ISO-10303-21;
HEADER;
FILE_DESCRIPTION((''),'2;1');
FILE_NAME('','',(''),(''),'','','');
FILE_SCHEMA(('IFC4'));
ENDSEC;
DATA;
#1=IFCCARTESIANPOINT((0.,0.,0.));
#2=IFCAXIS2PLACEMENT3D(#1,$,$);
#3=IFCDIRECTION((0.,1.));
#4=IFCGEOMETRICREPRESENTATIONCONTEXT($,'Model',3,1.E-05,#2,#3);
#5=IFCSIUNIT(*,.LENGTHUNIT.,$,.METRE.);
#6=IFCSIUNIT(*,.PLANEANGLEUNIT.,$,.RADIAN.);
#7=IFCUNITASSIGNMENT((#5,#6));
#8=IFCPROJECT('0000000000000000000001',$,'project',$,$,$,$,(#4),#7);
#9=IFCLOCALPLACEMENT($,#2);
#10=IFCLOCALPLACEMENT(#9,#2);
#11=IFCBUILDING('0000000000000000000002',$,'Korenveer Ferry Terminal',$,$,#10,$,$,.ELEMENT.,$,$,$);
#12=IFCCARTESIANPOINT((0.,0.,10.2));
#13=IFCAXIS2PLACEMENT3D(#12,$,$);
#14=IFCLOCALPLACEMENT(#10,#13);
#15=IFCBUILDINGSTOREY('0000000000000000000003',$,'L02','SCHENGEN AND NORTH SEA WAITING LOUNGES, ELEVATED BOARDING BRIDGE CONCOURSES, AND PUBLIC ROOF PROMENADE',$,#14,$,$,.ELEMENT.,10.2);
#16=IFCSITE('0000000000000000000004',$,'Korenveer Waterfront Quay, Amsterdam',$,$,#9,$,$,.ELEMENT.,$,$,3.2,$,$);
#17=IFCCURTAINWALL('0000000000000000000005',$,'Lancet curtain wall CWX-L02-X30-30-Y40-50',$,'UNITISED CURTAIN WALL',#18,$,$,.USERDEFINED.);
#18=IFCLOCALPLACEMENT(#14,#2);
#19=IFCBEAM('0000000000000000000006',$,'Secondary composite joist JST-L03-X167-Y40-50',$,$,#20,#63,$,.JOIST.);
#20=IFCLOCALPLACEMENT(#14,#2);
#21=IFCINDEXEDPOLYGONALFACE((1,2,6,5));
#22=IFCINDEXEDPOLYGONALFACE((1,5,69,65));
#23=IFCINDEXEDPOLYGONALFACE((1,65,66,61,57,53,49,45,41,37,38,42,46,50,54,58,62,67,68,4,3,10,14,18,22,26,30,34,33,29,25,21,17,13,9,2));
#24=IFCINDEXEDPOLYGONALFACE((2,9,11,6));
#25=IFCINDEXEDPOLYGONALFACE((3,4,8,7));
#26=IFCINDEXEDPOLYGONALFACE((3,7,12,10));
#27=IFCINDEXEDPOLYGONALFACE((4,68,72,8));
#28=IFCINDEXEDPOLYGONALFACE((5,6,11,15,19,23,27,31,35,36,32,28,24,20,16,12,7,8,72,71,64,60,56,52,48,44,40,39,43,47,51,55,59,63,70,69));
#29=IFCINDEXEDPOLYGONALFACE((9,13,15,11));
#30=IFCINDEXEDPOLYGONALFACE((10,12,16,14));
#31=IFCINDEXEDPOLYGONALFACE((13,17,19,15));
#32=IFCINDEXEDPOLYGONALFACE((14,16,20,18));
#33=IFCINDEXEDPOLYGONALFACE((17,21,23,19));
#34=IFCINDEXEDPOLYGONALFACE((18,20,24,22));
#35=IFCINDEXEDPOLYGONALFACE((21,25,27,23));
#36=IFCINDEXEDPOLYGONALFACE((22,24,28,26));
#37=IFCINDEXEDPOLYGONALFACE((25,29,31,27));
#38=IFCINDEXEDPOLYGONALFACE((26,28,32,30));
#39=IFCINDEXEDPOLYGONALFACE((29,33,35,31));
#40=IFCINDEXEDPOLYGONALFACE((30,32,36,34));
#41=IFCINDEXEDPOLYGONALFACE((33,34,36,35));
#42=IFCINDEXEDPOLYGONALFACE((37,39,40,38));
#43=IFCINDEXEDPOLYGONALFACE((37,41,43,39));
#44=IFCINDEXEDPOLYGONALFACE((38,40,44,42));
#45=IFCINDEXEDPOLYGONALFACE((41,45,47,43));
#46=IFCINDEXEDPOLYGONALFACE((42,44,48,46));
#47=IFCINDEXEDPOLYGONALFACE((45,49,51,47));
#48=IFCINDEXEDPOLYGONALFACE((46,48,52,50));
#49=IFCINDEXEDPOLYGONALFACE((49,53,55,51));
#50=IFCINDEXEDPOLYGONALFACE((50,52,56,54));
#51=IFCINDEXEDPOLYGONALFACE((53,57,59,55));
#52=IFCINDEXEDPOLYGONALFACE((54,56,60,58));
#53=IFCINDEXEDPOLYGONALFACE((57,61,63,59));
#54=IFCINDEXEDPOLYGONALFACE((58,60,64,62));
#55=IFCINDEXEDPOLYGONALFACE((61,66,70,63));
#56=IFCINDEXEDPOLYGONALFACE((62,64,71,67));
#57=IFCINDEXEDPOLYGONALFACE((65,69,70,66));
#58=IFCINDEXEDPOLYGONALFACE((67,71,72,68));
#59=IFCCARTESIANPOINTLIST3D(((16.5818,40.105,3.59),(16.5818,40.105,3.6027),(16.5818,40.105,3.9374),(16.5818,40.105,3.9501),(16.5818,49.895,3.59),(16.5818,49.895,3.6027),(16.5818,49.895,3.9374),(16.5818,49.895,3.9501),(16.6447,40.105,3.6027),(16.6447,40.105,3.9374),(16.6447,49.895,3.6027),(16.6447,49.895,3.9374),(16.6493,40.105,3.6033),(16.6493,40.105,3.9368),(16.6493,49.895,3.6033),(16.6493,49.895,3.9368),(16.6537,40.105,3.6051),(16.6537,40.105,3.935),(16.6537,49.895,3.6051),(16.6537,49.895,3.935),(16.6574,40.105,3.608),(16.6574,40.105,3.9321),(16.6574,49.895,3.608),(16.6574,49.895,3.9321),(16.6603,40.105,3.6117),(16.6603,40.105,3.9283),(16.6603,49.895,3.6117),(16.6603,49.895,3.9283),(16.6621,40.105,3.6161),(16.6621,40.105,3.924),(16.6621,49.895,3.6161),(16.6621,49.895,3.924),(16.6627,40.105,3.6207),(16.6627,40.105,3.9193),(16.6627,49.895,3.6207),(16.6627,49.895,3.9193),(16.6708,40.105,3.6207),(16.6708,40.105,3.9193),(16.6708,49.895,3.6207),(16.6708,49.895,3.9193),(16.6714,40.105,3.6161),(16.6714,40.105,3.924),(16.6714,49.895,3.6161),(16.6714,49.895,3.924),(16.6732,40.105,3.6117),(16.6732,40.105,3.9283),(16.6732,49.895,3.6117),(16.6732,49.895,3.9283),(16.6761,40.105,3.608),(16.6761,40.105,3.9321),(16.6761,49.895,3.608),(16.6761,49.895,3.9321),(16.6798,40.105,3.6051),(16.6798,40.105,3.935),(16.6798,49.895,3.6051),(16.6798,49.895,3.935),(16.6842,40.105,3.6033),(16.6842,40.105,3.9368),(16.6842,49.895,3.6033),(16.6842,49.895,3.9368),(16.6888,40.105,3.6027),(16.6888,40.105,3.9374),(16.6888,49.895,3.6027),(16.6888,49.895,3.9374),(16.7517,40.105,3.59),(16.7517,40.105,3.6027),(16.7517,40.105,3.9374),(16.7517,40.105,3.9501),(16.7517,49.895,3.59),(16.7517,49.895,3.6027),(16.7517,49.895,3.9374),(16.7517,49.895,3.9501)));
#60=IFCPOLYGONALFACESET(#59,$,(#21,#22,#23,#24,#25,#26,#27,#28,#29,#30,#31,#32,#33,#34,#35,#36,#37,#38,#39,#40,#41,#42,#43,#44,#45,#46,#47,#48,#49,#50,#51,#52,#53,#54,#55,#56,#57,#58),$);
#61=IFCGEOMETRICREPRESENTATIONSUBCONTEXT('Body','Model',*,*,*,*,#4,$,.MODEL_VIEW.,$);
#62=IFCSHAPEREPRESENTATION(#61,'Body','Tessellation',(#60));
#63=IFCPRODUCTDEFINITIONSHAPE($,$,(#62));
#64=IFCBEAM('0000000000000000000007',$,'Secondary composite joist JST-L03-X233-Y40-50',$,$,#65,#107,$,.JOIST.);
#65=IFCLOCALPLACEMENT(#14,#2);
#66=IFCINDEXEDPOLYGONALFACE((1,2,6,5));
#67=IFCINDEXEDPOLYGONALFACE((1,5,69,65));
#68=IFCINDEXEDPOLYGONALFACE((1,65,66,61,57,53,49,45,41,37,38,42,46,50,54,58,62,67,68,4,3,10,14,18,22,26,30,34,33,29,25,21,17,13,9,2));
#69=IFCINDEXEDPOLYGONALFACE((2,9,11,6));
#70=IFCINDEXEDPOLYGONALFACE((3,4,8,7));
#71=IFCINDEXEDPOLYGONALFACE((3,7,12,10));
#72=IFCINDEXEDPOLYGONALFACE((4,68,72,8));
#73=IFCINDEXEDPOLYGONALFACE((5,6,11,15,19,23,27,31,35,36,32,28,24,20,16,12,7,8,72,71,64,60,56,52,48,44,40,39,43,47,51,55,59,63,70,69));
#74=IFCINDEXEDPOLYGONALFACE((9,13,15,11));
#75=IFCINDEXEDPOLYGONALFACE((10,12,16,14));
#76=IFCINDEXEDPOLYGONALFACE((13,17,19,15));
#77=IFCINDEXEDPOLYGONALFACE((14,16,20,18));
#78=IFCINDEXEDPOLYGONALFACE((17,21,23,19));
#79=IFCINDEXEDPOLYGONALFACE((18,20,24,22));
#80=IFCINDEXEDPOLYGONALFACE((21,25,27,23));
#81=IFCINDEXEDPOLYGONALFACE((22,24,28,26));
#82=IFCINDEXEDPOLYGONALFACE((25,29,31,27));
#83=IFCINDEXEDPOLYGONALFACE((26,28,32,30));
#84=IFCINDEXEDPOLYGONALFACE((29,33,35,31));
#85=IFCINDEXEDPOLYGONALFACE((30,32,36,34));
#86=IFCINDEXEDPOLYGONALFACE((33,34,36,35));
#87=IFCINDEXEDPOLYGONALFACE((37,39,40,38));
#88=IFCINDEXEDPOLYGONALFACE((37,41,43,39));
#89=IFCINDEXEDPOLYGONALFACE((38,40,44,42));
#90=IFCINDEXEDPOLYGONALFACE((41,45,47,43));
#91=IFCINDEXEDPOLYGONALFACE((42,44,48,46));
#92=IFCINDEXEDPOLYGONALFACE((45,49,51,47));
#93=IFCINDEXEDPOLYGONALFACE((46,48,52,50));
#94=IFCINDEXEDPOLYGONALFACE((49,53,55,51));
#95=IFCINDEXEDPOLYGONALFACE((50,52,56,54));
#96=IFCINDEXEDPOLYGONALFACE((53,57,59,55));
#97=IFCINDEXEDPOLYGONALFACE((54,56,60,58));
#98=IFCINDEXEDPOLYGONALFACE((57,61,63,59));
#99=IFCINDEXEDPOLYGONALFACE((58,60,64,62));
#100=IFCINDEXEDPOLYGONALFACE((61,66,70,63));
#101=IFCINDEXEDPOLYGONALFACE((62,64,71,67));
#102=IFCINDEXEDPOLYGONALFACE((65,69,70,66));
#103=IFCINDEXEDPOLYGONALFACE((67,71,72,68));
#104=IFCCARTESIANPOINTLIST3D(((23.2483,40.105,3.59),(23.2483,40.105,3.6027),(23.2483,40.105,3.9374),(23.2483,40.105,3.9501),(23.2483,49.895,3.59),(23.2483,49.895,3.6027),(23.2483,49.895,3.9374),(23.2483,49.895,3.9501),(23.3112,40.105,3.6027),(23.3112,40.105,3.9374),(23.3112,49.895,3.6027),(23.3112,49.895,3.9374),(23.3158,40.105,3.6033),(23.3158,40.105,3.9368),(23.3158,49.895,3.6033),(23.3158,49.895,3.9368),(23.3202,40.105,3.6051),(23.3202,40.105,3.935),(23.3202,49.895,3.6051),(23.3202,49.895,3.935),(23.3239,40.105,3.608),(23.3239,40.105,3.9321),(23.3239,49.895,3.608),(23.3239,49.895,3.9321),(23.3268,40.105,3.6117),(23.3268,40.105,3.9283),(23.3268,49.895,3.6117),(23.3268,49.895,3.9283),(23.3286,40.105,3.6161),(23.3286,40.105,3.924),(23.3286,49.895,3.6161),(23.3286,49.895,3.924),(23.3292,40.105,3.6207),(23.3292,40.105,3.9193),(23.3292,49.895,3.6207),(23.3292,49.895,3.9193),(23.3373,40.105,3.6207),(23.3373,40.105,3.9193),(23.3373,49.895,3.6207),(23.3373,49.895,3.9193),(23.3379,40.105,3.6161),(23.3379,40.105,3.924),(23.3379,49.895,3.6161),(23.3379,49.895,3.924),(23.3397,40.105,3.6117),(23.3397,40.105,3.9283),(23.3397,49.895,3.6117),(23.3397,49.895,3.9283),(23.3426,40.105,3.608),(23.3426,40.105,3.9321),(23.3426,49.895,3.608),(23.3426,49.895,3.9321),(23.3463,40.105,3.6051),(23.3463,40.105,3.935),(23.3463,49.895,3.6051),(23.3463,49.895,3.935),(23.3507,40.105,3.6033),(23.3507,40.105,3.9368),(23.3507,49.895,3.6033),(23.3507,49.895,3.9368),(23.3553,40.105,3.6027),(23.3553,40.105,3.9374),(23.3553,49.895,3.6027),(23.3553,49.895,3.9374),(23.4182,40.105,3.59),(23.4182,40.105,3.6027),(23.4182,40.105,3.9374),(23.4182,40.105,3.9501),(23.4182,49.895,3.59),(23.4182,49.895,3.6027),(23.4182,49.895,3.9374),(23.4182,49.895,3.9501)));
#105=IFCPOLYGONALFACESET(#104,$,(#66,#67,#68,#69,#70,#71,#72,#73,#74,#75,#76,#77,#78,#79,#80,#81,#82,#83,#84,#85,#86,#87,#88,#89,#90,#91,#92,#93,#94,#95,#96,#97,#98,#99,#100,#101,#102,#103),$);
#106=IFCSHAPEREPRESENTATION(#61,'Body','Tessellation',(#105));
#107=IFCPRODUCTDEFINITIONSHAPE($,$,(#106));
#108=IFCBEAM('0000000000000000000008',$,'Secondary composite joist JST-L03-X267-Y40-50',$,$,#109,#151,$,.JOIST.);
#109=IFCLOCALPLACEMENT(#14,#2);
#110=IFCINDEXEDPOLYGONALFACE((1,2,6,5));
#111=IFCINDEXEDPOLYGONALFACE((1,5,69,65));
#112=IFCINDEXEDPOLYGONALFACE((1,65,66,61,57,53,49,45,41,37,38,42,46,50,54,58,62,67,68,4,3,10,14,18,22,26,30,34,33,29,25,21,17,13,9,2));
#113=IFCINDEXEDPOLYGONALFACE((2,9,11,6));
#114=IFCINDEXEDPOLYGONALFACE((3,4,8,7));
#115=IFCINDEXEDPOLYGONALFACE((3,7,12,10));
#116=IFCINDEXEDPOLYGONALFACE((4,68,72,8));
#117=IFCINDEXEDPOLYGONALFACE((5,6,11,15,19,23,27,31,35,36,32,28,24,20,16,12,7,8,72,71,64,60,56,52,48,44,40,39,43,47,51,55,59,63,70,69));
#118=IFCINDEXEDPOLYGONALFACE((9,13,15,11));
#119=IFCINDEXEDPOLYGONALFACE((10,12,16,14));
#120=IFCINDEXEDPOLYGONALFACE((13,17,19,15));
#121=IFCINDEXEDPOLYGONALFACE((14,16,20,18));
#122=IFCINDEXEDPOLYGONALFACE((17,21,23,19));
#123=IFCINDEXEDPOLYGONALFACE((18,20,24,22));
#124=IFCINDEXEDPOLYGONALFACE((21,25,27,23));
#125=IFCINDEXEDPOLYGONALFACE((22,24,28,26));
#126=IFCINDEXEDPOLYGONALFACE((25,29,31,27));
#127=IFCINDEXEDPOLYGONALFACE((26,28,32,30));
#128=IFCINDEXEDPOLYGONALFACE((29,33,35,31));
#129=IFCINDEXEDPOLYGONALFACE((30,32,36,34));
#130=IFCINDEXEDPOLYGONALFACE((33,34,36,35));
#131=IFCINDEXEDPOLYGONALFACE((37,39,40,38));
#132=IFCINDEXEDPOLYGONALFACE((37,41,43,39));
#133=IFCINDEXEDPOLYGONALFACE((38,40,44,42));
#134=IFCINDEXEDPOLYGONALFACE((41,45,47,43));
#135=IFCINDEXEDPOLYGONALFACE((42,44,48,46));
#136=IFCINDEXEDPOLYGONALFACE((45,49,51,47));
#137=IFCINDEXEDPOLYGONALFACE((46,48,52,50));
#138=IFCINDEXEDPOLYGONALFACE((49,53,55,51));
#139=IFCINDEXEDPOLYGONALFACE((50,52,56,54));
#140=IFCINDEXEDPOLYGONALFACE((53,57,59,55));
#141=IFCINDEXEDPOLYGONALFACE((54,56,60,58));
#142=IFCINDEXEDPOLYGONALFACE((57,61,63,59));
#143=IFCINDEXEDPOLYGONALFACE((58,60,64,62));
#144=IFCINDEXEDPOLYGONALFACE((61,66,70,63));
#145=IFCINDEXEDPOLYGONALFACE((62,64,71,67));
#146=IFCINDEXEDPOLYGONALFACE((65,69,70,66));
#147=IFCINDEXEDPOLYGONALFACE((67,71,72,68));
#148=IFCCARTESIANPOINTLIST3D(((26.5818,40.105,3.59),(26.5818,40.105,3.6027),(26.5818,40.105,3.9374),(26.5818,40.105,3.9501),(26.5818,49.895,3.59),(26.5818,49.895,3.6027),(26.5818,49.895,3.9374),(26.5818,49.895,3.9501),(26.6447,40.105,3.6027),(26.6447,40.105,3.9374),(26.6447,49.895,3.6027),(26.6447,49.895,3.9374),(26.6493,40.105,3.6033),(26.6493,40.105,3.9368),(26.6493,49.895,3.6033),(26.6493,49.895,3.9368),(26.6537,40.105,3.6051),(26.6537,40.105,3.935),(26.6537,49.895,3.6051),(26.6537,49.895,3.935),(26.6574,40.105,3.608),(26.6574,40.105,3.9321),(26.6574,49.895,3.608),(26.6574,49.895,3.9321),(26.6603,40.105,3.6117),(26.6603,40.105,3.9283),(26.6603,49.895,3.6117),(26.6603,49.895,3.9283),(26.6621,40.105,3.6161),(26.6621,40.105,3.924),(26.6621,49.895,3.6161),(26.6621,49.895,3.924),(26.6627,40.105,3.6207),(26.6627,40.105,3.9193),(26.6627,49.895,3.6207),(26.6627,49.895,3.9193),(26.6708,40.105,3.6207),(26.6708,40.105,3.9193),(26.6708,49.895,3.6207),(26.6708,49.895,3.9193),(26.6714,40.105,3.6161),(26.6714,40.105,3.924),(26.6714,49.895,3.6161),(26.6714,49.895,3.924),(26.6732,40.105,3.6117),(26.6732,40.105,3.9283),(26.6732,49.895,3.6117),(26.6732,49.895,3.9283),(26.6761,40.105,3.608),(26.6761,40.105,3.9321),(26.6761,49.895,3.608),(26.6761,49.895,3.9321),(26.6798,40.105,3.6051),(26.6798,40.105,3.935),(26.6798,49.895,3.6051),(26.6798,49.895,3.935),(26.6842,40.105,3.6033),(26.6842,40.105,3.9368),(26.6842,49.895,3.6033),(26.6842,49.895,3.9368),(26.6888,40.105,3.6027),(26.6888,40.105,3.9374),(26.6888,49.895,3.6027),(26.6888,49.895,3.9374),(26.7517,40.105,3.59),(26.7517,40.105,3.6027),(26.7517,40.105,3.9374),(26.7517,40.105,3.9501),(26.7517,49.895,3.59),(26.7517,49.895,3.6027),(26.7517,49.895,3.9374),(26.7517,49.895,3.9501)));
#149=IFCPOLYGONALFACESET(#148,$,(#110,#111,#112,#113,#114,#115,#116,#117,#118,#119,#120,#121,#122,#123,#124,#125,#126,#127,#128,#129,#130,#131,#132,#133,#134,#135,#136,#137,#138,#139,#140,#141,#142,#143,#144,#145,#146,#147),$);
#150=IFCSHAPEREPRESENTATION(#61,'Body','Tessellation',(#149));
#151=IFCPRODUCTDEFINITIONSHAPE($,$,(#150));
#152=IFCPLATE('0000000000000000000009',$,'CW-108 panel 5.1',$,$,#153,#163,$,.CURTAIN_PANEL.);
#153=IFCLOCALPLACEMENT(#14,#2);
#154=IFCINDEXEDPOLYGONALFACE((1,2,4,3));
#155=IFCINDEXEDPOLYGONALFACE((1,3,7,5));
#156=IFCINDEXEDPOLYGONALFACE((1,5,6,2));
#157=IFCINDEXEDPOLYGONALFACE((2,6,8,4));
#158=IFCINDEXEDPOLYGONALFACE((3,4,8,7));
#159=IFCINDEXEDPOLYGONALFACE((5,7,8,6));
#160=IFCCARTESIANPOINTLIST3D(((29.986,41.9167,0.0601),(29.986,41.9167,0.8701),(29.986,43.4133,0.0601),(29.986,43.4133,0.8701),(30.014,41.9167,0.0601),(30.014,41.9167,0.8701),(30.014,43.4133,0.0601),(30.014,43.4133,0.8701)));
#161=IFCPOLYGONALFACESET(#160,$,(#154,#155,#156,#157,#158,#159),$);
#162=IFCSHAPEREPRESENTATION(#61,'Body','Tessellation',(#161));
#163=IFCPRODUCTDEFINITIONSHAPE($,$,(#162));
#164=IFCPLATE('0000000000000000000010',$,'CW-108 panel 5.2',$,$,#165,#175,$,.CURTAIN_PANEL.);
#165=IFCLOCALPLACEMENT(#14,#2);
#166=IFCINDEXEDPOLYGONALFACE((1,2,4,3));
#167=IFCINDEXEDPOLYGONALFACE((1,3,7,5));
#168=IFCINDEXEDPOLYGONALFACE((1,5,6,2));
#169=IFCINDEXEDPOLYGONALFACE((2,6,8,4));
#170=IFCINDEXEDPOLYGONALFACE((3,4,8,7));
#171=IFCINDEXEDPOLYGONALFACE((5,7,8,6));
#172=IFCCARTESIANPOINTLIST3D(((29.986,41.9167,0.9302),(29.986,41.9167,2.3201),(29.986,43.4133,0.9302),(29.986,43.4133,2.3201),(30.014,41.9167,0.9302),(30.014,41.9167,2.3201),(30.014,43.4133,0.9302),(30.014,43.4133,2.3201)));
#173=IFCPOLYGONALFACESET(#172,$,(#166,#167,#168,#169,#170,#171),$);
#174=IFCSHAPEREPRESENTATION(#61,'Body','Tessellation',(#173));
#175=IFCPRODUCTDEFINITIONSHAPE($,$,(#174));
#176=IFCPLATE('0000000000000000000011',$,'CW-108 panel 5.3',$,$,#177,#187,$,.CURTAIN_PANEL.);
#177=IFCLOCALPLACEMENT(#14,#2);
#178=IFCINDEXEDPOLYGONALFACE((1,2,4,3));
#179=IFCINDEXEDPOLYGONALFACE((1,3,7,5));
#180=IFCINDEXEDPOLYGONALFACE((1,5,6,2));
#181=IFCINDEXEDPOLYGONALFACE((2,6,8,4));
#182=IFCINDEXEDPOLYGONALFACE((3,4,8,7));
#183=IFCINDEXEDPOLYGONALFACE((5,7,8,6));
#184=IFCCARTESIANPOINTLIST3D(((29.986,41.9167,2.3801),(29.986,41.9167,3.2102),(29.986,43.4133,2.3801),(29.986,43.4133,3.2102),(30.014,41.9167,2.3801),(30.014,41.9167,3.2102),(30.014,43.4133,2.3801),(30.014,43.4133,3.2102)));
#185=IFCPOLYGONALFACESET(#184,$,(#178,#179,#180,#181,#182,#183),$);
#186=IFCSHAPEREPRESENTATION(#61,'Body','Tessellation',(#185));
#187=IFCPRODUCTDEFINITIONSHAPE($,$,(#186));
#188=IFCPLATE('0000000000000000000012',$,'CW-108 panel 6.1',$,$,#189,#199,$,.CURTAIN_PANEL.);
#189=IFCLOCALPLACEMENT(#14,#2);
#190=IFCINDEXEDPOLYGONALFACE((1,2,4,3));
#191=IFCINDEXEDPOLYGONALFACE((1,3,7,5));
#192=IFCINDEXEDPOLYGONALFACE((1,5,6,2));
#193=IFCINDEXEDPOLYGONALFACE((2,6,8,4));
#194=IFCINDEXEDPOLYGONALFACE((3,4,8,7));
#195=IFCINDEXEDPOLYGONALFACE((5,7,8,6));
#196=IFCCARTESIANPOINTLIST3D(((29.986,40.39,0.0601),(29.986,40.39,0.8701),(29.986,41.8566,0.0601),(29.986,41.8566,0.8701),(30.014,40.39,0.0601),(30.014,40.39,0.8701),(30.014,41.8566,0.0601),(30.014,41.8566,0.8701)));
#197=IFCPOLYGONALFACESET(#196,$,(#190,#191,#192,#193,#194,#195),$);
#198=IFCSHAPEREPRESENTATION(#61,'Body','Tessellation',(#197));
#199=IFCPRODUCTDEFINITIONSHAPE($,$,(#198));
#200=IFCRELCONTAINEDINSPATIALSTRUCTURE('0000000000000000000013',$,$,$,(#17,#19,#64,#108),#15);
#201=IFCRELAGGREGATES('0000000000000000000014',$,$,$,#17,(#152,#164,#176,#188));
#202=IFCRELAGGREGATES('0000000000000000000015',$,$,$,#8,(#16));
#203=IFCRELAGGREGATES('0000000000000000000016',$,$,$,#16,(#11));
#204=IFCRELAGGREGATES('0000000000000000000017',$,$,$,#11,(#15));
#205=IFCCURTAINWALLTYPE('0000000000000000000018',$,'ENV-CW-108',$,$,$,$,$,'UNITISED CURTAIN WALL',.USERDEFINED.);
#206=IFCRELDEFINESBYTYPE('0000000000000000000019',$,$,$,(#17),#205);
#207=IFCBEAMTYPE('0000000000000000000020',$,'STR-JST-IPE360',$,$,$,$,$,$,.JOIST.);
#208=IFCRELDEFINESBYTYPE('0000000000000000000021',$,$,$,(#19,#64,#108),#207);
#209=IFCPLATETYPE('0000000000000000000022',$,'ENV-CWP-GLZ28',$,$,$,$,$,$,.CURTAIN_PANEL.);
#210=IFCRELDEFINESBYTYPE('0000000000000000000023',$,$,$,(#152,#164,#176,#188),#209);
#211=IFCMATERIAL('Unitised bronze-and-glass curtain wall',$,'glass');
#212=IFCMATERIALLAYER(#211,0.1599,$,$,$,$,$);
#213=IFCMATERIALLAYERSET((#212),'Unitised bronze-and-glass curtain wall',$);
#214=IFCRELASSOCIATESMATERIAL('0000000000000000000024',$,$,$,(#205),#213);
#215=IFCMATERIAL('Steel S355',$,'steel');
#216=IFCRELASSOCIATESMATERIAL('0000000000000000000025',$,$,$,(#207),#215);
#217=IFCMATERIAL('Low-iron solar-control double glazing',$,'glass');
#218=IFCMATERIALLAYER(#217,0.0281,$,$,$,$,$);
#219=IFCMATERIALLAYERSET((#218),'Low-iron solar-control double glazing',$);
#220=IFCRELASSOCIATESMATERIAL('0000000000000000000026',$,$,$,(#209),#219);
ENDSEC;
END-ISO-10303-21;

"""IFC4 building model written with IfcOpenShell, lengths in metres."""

from ifc_helpers import new_model, si_unit, direction, frame, origin, origin_2d, place, context, subcontext, project, spatial, rectangle, i_section, extrude, material, layer, layer_set, material_profile, profile_set, type_object, element, aggregate, save


model = new_model("IFC4")

# Units and contexts
model_context = context("Model", 3, precision=1e-05, world=origin(), true_north=direction((0.0, 1.0)))
body_context = subcontext(model_context, "Body", "Model", "MODEL_VIEW")
ifc_project = project(units=[si_unit("LENGTHUNIT", "METRE"), si_unit("PLANEANGLEUNIT", "RADIAN")], contexts=[model_context])

# Site, building, storey
site_placement = place(None, origin())
site = spatial("IfcSite", under=ifc_project, at=site_placement, Name="Korenveer Waterfront Quay, Amsterdam", CompositionType="ELEMENT", RefElevation=3.2)
building_placement = place(site_placement, origin())
building = spatial("IfcBuilding", under=site, at=building_placement, Name="Korenveer Ferry Terminal", CompositionType="ELEMENT")
storey_placement = place(building_placement, frame((0.0, 0.0, 10.2)))
storey = spatial("IfcBuildingStorey", under=building, at=storey_placement, Name="L02", Description="SCHENGEN AND NORTH SEA WAITING LOUNGES, ELEVATED BOARDING BRIDGE CONCOURSES, AND PUBLIC ROOF PROMENADE", CompositionType="ELEMENT", Elevation=10.2)

# Curtain wall
ifc_material_1 = material(Name="Unitised bronze-and-glass curtain wall", Category="glass")
ifc_layer_1 = layer(ifc_material_1, 0.1599)
ifc_layer_set_1 = layer_set([ifc_layer_1], Name="Unitised bronze-and-glass curtain wall")
curtain_wall_type = type_object("IfcCurtainWallType", Name="ENV-CW-108", ElementType="UNITISED CURTAIN WALL", PredefinedType="USERDEFINED", material=ifc_layer_set_1)
curtain_wall_placement = place(storey_placement, frame((30.0, 49.6699, 0.0)))
curtain_wall = element("IfcCurtainWall", 1, at=curtain_wall_placement, inside=storey, type_object=curtain_wall_type, Name="Lancet curtain wall CWX-L02-X30-30-Y40-50", ObjectType="UNITISED CURTAIN WALL", PredefinedType="USERDEFINED")

# Shared definitions
ifc_material_2 = material(Name="Steel S355", Category="steel")

# Beams
ifc_material_profile_1 = material_profile(ifc_material_2, i_section(OverallWidth=0.1699, OverallDepth=0.3601, WebThickness=0.0081, FlangeThickness=0.0127, FilletRadius=0.0181, at=origin_2d()), Name="IPE 360")
ifc_profile_set_1 = profile_set([ifc_material_profile_1], Name="Steel S355")
beam_type_1 = type_object("IfcBeamType", Name="STR-JST-IPE360", PredefinedType="JOIST", material=ifc_profile_set_1)
for number, where, z_axis, x_axis, name in (
    (2, (16.6667, 40.105, 3.77), (0.0, 1.0, 0.0), (-1.0, 0.0, 0.0), "Secondary composite joist JST-L03-X167-Y40-50"),
    (3, (23.3333, 40.105, 3.77), (0.0, 1.0, 0.0), (-1.0, 0.0, 0.0), "Secondary composite joist JST-L03-X233-Y40-50"),
    (4, (26.6667, 40.105, 3.77), (0.0, 1.0, 0.0), (-1.0, 0.0, 0.0), "Secondary composite joist JST-L03-X267-Y40-50"),
):
    element("IfcBeam", number, at=place(storey_placement, frame(where, z_axis=z_axis, x_axis=x_axis)), inside=storey, type_object=beam_type_1, Name=name, PredefinedType="JOIST", context=body_context, shape_type="SweptSolid", body=[
        extrude(i_section(OverallWidth=0.1699, OverallDepth=0.3601, WebThickness=0.0081, FlangeThickness=0.0127, FilletRadius=0.0181, at=origin_2d()), origin(), (0.0, 0.0, 1.0), 9.79),
    ])

# Plates
ifc_material_3 = material(Name="Low-iron solar-control double glazing", Category="glass")
ifc_layer_2 = layer(ifc_material_3, 0.0281)
ifc_layer_set_2 = layer_set([ifc_layer_2], Name="Low-iron solar-control double glazing")
plate_type_1 = type_object("IfcPlateType", Name="ENV-CWP-GLZ28", PredefinedType="CURTAIN_PANEL", material=ifc_layer_set_2)
plate_1_placement = place(storey_placement, frame((30.0, 42.665, 0.0601), z_axis=(0.0, 0.0, 1.0), x_axis=(0.0, -1.0, 0.0)))
plate_1 = element("IfcPlate", 5, at=plate_1_placement, type_object=plate_type_1, Name="CW-108 panel 5.1", PredefinedType="CURTAIN_PANEL", context=body_context, shape_type="SweptSolid", body=[
    extrude(rectangle(XDim=1.4966, YDim=0.0281, at=origin_2d()), origin(), (0.0, 0.0, 1.0), 0.8101),
])
plate_2_placement = place(storey_placement, frame((30.0, 42.665, 0.9302), z_axis=(0.0, 0.0, 1.0), x_axis=(0.0, -1.0, 0.0)))
plate_2 = element("IfcPlate", 6, at=plate_2_placement, type_object=plate_type_1, Name="CW-108 panel 5.2", PredefinedType="CURTAIN_PANEL", context=body_context, shape_type="SweptSolid", body=[
    extrude(rectangle(XDim=1.4966, YDim=0.0281, at=origin_2d()), origin(), (0.0, 0.0, 1.0), 1.3899),
])
plate_3_placement = place(storey_placement, frame((30.0, 42.665, 2.3801), z_axis=(0.0, 0.0, 1.0), x_axis=(0.0, -1.0, 0.0)))
plate_3 = element("IfcPlate", 7, at=plate_3_placement, type_object=plate_type_1, Name="CW-108 panel 5.3", PredefinedType="CURTAIN_PANEL", context=body_context, shape_type="SweptSolid", body=[
    extrude(rectangle(XDim=1.4966, YDim=0.0281, at=origin_2d()), origin(), (0.0, 0.0, 1.0), 0.8301),
])
plate_4_placement = place(storey_placement, frame((30.0, 41.1233, 0.0601), z_axis=(0.0, 0.0, 1.0), x_axis=(0.0, -1.0, 0.0)))
plate_4 = element("IfcPlate", 8, at=plate_4_placement, type_object=plate_type_1, Name="CW-108 panel 6.1", PredefinedType="CURTAIN_PANEL", context=body_context, shape_type="SweptSolid", body=[
    extrude(rectangle(XDim=1.4666, YDim=0.0281, at=origin_2d()), origin(), (0.0, 0.0, 1.0), 0.8101),
])
aggregate(curtain_wall, [plate_1, plate_2, plate_3, plate_4])

save(model, "model.ifc")
